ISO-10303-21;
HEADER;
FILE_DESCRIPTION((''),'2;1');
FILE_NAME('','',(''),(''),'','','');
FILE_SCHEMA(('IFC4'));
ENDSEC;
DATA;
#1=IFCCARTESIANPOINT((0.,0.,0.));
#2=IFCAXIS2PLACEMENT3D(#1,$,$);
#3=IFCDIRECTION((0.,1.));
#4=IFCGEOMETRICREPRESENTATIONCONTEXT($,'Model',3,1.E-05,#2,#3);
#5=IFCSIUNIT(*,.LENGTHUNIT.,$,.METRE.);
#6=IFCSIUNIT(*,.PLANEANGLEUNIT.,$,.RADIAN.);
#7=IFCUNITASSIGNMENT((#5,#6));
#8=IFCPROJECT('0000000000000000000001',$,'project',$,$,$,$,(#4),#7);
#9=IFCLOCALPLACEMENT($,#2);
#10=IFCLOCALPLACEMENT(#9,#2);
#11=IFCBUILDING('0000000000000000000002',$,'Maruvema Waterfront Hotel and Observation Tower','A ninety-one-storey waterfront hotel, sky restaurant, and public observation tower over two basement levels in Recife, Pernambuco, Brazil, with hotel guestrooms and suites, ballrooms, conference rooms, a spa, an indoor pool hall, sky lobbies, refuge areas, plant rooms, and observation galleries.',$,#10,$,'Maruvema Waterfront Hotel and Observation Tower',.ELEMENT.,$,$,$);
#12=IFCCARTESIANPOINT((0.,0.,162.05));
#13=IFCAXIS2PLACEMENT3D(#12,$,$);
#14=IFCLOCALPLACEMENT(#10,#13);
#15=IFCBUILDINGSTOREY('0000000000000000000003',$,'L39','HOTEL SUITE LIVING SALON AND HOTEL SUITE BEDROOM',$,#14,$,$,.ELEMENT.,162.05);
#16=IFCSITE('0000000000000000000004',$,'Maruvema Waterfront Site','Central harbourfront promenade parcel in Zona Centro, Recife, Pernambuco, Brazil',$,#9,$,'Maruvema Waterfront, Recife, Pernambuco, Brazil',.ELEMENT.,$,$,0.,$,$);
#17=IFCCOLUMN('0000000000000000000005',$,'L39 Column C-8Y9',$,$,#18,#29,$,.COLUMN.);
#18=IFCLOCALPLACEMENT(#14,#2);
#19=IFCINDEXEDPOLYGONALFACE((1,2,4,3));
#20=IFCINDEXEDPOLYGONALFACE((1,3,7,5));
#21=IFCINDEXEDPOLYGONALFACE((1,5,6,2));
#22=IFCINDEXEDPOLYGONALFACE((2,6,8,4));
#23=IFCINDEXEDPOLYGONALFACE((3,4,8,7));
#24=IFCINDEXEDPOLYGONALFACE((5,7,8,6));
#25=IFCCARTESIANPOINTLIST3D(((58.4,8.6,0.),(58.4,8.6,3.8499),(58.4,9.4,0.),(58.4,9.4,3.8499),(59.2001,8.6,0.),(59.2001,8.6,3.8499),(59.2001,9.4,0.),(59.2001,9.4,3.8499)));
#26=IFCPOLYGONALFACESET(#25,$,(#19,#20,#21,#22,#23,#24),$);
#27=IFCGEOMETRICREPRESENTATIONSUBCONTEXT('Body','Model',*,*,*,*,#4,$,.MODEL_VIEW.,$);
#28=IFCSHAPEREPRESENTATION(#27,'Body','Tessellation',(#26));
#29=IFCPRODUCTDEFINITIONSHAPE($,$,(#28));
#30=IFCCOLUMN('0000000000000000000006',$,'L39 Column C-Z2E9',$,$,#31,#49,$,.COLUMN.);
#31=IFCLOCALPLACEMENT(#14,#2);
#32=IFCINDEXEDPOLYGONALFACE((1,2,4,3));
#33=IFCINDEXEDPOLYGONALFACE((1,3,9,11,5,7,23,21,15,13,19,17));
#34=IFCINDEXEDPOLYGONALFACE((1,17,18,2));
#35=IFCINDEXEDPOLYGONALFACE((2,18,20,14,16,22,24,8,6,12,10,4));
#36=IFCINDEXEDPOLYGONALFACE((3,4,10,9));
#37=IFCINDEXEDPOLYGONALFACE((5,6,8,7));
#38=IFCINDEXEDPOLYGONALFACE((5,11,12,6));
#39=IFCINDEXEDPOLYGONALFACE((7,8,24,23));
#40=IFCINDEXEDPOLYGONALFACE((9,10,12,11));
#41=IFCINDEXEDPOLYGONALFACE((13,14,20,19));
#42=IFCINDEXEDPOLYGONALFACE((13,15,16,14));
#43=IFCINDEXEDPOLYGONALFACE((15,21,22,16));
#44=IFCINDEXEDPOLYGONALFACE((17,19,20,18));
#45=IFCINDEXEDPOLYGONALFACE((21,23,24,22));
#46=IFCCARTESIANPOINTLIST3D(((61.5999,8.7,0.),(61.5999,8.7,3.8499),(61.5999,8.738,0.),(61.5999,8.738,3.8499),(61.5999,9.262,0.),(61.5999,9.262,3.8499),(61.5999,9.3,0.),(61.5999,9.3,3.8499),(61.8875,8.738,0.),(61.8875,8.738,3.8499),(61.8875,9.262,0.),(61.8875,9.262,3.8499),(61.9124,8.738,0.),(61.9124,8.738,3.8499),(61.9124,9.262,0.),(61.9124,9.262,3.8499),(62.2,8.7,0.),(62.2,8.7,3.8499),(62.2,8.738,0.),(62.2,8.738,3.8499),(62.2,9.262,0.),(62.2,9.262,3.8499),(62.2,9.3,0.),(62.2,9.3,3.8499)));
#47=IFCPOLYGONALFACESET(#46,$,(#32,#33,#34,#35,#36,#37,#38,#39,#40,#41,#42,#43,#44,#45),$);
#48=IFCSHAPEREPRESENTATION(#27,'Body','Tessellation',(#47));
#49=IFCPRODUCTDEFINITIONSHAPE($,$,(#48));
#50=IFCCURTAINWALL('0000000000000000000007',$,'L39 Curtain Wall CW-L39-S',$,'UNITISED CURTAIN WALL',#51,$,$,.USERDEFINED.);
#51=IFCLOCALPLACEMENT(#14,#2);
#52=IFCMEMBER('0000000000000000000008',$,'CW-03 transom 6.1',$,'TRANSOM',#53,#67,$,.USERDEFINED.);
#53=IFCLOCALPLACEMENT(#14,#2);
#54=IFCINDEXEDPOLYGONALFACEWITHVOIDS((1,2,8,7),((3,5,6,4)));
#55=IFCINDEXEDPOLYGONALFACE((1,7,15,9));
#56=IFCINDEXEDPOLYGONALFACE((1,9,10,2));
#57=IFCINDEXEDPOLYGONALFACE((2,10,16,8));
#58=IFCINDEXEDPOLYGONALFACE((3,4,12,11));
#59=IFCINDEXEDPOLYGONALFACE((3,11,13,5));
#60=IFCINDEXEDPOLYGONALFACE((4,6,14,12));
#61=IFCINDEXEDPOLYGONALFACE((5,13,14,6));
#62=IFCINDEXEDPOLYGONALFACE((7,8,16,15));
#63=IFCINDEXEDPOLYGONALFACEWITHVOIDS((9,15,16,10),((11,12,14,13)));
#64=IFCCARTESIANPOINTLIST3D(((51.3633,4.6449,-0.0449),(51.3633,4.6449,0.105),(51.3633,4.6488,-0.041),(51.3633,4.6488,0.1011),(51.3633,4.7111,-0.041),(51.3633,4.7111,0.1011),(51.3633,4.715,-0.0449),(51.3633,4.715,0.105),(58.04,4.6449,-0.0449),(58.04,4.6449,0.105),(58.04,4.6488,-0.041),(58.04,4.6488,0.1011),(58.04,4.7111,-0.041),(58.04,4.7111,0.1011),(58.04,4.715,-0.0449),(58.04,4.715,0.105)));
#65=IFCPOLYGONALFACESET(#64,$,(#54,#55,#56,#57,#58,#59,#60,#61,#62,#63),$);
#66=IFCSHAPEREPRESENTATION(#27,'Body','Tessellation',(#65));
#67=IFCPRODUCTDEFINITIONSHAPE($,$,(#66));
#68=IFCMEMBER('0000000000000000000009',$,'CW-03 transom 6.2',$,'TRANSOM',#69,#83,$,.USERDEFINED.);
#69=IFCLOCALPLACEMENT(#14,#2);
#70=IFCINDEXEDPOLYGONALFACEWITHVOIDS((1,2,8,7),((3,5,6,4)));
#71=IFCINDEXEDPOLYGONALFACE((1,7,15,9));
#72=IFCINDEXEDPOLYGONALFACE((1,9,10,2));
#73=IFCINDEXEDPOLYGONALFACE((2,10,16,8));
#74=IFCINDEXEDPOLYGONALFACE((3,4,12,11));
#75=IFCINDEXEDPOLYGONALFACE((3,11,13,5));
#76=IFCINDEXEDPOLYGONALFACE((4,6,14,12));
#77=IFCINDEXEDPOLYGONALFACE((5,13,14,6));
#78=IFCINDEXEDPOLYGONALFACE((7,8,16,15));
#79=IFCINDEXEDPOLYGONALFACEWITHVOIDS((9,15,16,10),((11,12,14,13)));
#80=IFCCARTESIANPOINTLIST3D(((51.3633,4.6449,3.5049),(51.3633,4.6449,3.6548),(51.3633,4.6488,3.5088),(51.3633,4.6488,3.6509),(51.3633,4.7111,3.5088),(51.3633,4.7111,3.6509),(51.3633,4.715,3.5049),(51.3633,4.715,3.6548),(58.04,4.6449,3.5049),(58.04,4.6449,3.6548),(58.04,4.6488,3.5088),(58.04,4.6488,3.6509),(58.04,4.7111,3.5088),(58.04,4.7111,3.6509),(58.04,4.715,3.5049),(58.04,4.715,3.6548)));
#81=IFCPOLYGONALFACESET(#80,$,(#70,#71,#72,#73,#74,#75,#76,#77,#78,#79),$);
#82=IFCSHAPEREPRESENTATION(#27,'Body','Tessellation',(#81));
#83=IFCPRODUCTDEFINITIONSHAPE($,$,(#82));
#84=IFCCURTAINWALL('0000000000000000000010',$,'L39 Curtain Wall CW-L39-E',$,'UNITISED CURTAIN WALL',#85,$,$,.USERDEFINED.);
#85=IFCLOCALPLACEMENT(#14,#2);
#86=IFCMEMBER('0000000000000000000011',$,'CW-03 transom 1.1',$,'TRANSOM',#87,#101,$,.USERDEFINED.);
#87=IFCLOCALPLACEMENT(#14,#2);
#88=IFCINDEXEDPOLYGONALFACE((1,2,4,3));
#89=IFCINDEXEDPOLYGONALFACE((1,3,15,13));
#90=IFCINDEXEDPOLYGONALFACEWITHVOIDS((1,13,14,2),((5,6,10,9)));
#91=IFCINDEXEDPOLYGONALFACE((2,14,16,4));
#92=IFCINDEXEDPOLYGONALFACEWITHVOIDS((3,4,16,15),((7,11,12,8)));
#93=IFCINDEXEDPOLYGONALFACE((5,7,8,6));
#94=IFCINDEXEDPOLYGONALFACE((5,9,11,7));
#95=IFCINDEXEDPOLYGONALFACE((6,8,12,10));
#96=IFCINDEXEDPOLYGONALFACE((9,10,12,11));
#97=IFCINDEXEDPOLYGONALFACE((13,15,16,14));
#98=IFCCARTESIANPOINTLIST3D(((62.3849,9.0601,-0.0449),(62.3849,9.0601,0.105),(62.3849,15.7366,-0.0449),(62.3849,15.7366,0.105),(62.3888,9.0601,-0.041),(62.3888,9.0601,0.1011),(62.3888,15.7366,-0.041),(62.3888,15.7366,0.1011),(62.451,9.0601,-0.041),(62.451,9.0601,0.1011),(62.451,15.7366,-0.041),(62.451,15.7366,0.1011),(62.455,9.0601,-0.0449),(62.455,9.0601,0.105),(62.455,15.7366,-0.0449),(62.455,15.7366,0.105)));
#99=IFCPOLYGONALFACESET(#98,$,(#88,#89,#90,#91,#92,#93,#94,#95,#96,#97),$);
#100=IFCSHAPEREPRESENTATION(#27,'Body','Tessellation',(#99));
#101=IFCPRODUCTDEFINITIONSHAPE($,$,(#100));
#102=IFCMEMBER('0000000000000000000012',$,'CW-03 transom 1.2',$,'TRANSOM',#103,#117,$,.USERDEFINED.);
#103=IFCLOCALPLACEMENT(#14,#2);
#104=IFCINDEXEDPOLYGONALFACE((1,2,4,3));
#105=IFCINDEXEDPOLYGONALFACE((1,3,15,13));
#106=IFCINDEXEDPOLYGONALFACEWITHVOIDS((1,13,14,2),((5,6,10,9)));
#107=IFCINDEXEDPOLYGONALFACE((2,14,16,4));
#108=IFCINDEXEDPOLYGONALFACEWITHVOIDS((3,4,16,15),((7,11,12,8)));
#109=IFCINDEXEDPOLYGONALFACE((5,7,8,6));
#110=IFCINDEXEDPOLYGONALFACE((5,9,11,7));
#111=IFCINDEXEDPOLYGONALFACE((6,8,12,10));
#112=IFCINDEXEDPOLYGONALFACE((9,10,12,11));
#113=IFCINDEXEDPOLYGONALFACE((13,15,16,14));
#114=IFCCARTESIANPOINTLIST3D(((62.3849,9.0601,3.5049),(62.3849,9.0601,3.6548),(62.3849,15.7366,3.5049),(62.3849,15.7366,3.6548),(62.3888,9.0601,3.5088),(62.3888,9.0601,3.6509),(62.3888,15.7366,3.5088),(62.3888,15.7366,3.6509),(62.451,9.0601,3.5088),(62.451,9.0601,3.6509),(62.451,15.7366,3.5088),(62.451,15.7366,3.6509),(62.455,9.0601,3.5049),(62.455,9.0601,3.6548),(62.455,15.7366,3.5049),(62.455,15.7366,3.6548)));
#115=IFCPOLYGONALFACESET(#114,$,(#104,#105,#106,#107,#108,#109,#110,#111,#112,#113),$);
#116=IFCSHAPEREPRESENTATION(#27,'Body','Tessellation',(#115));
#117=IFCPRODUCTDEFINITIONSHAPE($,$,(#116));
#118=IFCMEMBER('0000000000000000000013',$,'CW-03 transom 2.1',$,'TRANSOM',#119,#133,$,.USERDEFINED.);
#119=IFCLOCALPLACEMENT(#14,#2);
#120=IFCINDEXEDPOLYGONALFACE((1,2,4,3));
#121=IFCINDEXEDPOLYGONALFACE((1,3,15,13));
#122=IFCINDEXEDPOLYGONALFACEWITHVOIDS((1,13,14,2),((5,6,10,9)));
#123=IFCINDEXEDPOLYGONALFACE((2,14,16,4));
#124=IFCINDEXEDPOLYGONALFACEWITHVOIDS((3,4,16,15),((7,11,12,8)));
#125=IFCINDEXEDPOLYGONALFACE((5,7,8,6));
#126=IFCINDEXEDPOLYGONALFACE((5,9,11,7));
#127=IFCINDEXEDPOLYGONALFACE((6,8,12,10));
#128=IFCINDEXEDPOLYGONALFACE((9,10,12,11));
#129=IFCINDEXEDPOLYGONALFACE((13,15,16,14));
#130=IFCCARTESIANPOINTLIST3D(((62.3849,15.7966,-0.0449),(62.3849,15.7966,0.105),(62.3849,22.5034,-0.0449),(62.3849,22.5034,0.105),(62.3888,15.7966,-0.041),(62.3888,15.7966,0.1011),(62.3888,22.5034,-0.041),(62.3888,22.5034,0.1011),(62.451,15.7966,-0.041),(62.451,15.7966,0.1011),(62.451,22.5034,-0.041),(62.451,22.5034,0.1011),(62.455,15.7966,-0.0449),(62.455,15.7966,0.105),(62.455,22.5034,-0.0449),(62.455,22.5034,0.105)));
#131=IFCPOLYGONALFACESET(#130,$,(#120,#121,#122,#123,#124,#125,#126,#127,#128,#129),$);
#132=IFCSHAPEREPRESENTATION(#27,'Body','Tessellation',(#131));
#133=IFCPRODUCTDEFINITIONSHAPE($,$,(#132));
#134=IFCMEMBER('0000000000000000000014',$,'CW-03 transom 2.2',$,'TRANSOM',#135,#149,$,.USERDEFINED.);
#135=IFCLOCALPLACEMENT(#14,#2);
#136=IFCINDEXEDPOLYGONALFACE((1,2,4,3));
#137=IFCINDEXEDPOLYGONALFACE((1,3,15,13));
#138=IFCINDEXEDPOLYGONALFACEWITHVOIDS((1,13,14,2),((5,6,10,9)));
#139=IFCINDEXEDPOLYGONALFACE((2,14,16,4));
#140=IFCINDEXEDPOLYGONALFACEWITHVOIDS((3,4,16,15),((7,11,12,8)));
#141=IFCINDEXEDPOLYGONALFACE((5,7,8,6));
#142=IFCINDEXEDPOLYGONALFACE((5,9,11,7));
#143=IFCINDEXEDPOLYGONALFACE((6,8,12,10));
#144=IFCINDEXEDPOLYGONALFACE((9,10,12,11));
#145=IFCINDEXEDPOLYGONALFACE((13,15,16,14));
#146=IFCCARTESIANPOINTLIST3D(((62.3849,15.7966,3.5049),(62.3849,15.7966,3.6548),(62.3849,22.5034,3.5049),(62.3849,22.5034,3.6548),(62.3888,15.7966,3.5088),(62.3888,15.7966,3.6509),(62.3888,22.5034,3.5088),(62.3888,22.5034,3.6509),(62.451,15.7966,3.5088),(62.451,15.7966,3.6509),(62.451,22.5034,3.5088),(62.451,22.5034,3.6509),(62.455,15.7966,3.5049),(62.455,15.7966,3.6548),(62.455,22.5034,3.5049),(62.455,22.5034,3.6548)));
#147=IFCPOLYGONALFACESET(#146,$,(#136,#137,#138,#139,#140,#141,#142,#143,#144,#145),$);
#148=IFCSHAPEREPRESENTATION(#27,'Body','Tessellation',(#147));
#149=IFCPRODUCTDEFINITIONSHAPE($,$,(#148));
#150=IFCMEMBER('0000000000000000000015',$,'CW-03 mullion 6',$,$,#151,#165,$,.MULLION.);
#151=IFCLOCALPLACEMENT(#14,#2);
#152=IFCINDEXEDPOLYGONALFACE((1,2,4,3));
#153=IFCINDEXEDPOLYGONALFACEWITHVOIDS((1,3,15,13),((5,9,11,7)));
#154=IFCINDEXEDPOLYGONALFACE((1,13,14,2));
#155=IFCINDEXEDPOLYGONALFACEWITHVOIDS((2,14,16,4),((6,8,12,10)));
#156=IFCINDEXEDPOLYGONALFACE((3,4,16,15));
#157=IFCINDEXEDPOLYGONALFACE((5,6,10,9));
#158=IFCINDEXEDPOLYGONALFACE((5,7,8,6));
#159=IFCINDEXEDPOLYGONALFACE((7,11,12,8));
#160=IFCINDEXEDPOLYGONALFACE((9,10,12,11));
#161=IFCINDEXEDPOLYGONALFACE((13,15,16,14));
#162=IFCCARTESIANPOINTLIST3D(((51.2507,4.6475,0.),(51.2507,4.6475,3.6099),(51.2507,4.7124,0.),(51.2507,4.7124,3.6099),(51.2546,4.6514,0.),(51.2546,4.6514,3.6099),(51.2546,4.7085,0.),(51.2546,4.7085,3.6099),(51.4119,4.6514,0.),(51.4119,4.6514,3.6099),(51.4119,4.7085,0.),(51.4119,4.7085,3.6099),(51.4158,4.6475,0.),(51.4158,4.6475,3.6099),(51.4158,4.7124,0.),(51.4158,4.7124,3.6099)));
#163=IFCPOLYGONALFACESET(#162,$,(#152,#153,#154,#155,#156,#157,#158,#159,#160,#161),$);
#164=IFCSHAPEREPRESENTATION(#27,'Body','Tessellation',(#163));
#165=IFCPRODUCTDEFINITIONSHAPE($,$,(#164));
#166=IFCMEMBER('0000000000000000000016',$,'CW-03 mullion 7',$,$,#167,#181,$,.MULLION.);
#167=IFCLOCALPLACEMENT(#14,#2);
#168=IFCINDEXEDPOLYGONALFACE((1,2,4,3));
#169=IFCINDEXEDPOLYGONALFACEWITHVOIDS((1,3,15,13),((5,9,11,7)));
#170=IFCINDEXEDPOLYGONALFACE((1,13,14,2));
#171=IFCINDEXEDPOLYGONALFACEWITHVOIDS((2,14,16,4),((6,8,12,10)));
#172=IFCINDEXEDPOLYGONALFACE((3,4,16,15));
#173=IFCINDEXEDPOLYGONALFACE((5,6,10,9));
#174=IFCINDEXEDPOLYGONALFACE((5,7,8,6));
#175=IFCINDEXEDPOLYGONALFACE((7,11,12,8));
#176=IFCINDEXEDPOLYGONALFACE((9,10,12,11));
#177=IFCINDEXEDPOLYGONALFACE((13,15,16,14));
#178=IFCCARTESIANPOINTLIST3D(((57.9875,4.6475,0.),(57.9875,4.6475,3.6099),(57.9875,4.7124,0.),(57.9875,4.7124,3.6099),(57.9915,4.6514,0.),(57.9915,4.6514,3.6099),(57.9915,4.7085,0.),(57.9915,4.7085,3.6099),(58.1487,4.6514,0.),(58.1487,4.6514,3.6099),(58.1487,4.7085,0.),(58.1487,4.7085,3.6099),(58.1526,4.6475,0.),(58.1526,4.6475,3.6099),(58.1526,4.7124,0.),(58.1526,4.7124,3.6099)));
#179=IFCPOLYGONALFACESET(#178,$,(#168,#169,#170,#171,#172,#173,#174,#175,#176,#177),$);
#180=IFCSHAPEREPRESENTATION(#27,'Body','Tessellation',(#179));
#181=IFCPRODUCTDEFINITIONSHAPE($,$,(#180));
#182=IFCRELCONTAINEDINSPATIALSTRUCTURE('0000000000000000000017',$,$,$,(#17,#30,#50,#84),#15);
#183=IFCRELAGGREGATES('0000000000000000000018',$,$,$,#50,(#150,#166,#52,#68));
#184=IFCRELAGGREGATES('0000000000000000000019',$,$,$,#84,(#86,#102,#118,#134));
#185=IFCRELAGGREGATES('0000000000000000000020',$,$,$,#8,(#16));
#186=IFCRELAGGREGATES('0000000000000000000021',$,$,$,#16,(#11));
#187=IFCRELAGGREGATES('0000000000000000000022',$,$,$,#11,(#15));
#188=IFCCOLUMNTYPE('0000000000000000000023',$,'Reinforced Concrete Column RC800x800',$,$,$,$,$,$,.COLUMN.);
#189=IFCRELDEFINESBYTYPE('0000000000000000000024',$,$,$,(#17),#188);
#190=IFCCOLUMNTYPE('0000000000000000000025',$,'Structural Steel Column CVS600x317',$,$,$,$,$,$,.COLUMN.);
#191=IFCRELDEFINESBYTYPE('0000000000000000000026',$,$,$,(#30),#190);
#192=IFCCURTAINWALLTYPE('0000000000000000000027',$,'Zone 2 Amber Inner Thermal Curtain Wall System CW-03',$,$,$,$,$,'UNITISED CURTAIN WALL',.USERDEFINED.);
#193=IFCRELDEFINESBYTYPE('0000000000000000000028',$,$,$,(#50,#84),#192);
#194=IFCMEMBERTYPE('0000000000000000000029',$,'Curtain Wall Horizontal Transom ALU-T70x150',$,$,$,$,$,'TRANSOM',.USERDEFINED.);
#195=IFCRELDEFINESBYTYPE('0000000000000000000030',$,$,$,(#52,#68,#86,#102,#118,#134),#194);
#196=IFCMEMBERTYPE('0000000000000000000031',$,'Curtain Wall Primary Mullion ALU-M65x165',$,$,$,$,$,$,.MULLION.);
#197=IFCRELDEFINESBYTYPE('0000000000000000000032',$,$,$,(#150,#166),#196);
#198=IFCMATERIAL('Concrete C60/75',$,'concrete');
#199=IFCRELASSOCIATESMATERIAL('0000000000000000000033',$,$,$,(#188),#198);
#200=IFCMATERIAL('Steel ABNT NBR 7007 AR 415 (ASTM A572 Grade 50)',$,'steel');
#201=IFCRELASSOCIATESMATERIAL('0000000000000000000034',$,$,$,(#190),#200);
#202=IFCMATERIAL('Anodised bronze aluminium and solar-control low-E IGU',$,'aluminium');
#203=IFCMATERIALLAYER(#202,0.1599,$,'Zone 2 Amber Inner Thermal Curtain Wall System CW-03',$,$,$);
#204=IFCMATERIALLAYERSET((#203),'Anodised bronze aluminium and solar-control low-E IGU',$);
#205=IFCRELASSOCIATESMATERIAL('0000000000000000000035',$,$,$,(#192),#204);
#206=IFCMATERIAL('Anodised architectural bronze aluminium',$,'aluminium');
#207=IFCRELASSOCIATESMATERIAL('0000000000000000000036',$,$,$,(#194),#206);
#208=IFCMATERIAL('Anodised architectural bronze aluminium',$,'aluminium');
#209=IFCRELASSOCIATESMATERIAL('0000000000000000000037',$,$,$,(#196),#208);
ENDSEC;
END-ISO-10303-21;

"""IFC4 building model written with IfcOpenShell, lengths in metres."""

from ifc_helpers import new_model, si_unit, direction, frame, origin, origin_2d, place, context, subcontext, project, spatial, rectangle, hollow_rectangle, i_section, extrude, material, layer, layer_set, material_profile, profile_set, type_object, element, aggregate, save


model = new_model("IFC4")

# Units and contexts
model_context = context("Model", 3, precision=1e-05, world=origin(), true_north=direction((0.0, 1.0)))
body_context = subcontext(model_context, "Body", "Model", "MODEL_VIEW")
ifc_project = project(units=[si_unit("LENGTHUNIT", "METRE"), si_unit("PLANEANGLEUNIT", "RADIAN")], contexts=[model_context])

# Site, building, storey
site_placement = place(None, origin())
site = spatial("IfcSite", under=ifc_project, at=site_placement, Name="Maruvema Waterfront Site", Description="Central harbourfront promenade parcel in Zona Centro, Recife, Pernambuco, Brazil", LongName="Maruvema Waterfront, Recife, Pernambuco, Brazil", CompositionType="ELEMENT", RefElevation=0.0)
building_placement = place(site_placement, origin())
building = spatial("IfcBuilding", under=site, at=building_placement, Name="Maruvema Waterfront Hotel and Observation Tower", Description="A ninety-one-storey waterfront hotel, sky restaurant, and public observation tower over two basement levels in Recife, Pernambuco, Brazil, with hotel guestrooms and suites, ballrooms, conference rooms, a spa, an indoor pool hall, sky lobbies, refuge areas, plant rooms, and observation galleries.", LongName="Maruvema Waterfront Hotel and Observation Tower", CompositionType="ELEMENT")
storey_placement = place(building_placement, frame((0.0, 0.0, 162.05)))
storey = spatial("IfcBuildingStorey", under=building, at=storey_placement, Name="L39", Description="HOTEL SUITE LIVING SALON AND HOTEL SUITE BEDROOM", CompositionType="ELEMENT", Elevation=162.05)

# Columns
ifc_material_1 = material(Name="Concrete C60/75", Category="concrete")
ifc_material_profile_1 = material_profile(ifc_material_1, rectangle(XDim=0.8, YDim=0.8, at=origin_2d()), Name="RC800x800")
ifc_profile_set_1 = profile_set([ifc_material_profile_1], Name="Concrete C60/75")
column_type_1 = type_object("IfcColumnType", Name="Reinforced Concrete Column RC800x800", PredefinedType="COLUMN", material=ifc_profile_set_1)
column_1_placement = place(storey_placement, frame((58.8, 9.0, 0.0), z_axis=(0.0, 0.0, 1.0), x_axis=(1.0, 0.0, 0.0)))
element("IfcColumn", 1, at=column_1_placement, inside=storey, type_object=column_type_1, Name="L39 Column C-8Y9", PredefinedType="COLUMN", context=body_context, shape_type="SweptSolid", body=[
    extrude(rectangle(XDim=0.8, YDim=0.8, at=origin_2d()), origin(), (0.0, 0.0, 1.0), 3.8499),
])
ifc_material_2 = material(Name="Steel ABNT NBR 7007 AR 415 (ASTM A572 Grade 50)", Category="steel")
ifc_material_profile_2 = material_profile(ifc_material_2, i_section(OverallWidth=0.6001, OverallDepth=0.6001, WebThickness=0.0249, FlangeThickness=0.0381, at=origin_2d()), Name="CVS600x317")
ifc_profile_set_2 = profile_set([ifc_material_profile_2], Name="Steel ABNT NBR 7007 AR 415 (ASTM A572 Grade 50)")
column_type_2 = type_object("IfcColumnType", Name="Structural Steel Column CVS600x317", PredefinedType="COLUMN", material=ifc_profile_set_2)
column_2_placement = place(storey_placement, frame((61.8999, 9.0, 0.0), z_axis=(0.0, 0.0, 1.0), x_axis=(1.0, 0.0, 0.0)))
element("IfcColumn", 2, at=column_2_placement, inside=storey, type_object=column_type_2, Name="L39 Column C-Z2E9", PredefinedType="COLUMN", context=body_context, shape_type="SweptSolid", body=[
    extrude(i_section(OverallWidth=0.6001, OverallDepth=0.6001, WebThickness=0.0249, FlangeThickness=0.0381, at=origin_2d()), origin(), (0.0, 0.0, 1.0), 3.8499),
])

# Curtain walls, members
ifc_material_3 = material(Name="Anodised bronze aluminium and solar-control low-E IGU", Category="aluminium")
ifc_layer_1 = layer(ifc_material_3, 0.1599, Name="Zone 2 Amber Inner Thermal Curtain Wall System CW-03")
ifc_layer_set_1 = layer_set([ifc_layer_1], Name="Anodised bronze aluminium and solar-control low-E IGU")
curtain_wall_type = type_object("IfcCurtainWallType", Name="Zone 2 Amber Inner Thermal Curtain Wall System CW-03", ElementType="UNITISED CURTAIN WALL", PredefinedType="USERDEFINED", material=ifc_layer_set_1)
curtain_wall_1_placement = place(storey_placement, origin())
curtain_wall_1 = element("IfcCurtainWall", 3, at=curtain_wall_1_placement, inside=storey, type_object=curtain_wall_type, Name="L39 Curtain Wall CW-L39-S", ObjectType="UNITISED CURTAIN WALL", PredefinedType="USERDEFINED")
ifc_material_4 = material(Name="Anodised architectural bronze aluminium", Category="aluminium")
ifc_material_profile_3 = material_profile(ifc_material_4, hollow_rectangle(XDim=0.0701, YDim=0.1499, WallThickness=0.0039, at=origin_2d()), Name="ALU-T70x150")
ifc_profile_set_3 = profile_set([ifc_material_profile_3], Name="Anodised architectural bronze aluminium")
member_type_1 = type_object("IfcMemberType", Name="Curtain Wall Horizontal Transom ALU-T70x150", ElementType="TRANSOM", PredefinedType="USERDEFINED", material=ifc_profile_set_3)
member_1_placement = place(storey_placement, frame((51.3633, 4.6799, 0.03), z_axis=(1.0, 0.0, 0.0), x_axis=(0.0, 1.0, 0.0)))
member_1 = element("IfcMember", 4, at=member_1_placement, type_object=member_type_1, Name="CW-03 transom 6.1", ObjectType="TRANSOM", PredefinedType="USERDEFINED", context=body_context, shape_type="SweptSolid", body=[
    extrude(hollow_rectangle(XDim=0.0701, YDim=0.1499, WallThickness=0.0039, at=origin_2d()), origin(), (0.0, 0.0, 1.0), 6.6768),
])
member_2_placement = place(storey_placement, frame((51.3633, 4.6799, 3.5798), z_axis=(1.0, 0.0, 0.0), x_axis=(0.0, 1.0, 0.0)))
member_2 = element("IfcMember", 5, at=member_2_placement, type_object=member_type_1, Name="CW-03 transom 6.2", ObjectType="TRANSOM", PredefinedType="USERDEFINED", context=body_context, shape_type="SweptSolid", body=[
    extrude(hollow_rectangle(XDim=0.0701, YDim=0.1499, WallThickness=0.0039, at=origin_2d()), origin(), (0.0, 0.0, 1.0), 6.6768),
])
curtain_wall_2_placement = place(storey_placement, origin())
curtain_wall_2 = element("IfcCurtainWall", 6, at=curtain_wall_2_placement, inside=storey, type_object=curtain_wall_type, Name="L39 Curtain Wall CW-L39-E", ObjectType="UNITISED CURTAIN WALL", PredefinedType="USERDEFINED")
member_3_placement = place(storey_placement, frame((62.4199, 9.0601, 0.03), z_axis=(0.0, 1.0, 0.0), x_axis=(-1.0, 0.0, 0.0)))
member_3 = element("IfcMember", 7, at=member_3_placement, type_object=member_type_1, Name="CW-03 transom 1.1", ObjectType="TRANSOM", PredefinedType="USERDEFINED", context=body_context, shape_type="SweptSolid", body=[
    extrude(hollow_rectangle(XDim=0.0701, YDim=0.1499, WallThickness=0.0039, at=origin_2d()), origin(), (0.0, 0.0, 1.0), 6.6765),
])
member_4_placement = place(storey_placement, frame((62.4199, 9.0601, 3.5798), z_axis=(0.0, 1.0, 0.0), x_axis=(-1.0, 0.0, 0.0)))
member_4 = element("IfcMember", 8, at=member_4_placement, type_object=member_type_1, Name="CW-03 transom 1.2", ObjectType="TRANSOM", PredefinedType="USERDEFINED", context=body_context, shape_type="SweptSolid", body=[
    extrude(hollow_rectangle(XDim=0.0701, YDim=0.1499, WallThickness=0.0039, at=origin_2d()), origin(), (0.0, 0.0, 1.0), 6.6765),
])
member_5_placement = place(storey_placement, frame((62.4199, 15.7966, 0.03), z_axis=(0.0, 1.0, 0.0), x_axis=(-1.0, 0.0, 0.0)))
member_5 = element("IfcMember", 9, at=member_5_placement, type_object=member_type_1, Name="CW-03 transom 2.1", ObjectType="TRANSOM", PredefinedType="USERDEFINED", context=body_context, shape_type="SweptSolid", body=[
    extrude(hollow_rectangle(XDim=0.0701, YDim=0.1499, WallThickness=0.0039, at=origin_2d()), origin(), (0.0, 0.0, 1.0), 6.7068),
])
member_6_placement = place(storey_placement, frame((62.4199, 15.7966, 3.5798), z_axis=(0.0, 1.0, 0.0), x_axis=(-1.0, 0.0, 0.0)))
member_6 = element("IfcMember", 10, at=member_6_placement, type_object=member_type_1, Name="CW-03 transom 2.2", ObjectType="TRANSOM", PredefinedType="USERDEFINED", context=body_context, shape_type="SweptSolid", body=[
    extrude(hollow_rectangle(XDim=0.0701, YDim=0.1499, WallThickness=0.0039, at=origin_2d()), origin(), (0.0, 0.0, 1.0), 6.7068),
])

# Members
ifc_material_5 = material(Name="Anodised architectural bronze aluminium", Category="aluminium")
ifc_material_profile_4 = material_profile(ifc_material_5, hollow_rectangle(XDim=0.0649, YDim=0.165, WallThickness=0.0039, at=origin_2d()), Name="ALU-M65x165")
ifc_profile_set_4 = profile_set([ifc_material_profile_4], Name="Anodised architectural bronze aluminium")
member_type_2 = type_object("IfcMemberType", Name="Curtain Wall Primary Mullion ALU-M65x165", PredefinedType="MULLION", material=ifc_profile_set_4)
member_7_placement = place(storey_placement, frame((51.3333, 4.6799, 0.0), z_axis=(0.0, 0.0, 1.0), x_axis=(0.0, 1.0, 0.0)))
member_7 = element("IfcMember", 11, at=member_7_placement, type_object=member_type_2, Name="CW-03 mullion 6", PredefinedType="MULLION", context=body_context, shape_type="SweptSolid", body=[
    extrude(hollow_rectangle(XDim=0.0649, YDim=0.165, WallThickness=0.0039, at=origin_2d()), origin(), (0.0, 0.0, 1.0), 3.6099),
])
member_8_placement = place(storey_placement, frame((58.0701, 4.6799, 0.0), z_axis=(0.0, 0.0, 1.0), x_axis=(0.0, 1.0, 0.0)))
member_8 = element("IfcMember", 12, at=member_8_placement, type_object=member_type_2, Name="CW-03 mullion 7", PredefinedType="MULLION", context=body_context, shape_type="SweptSolid", body=[
    extrude(hollow_rectangle(XDim=0.0649, YDim=0.165, WallThickness=0.0039, at=origin_2d()), origin(), (0.0, 0.0, 1.0), 3.6099),
])

aggregate(curtain_wall_1, [member_7, member_8, member_1, member_2])
aggregate(curtain_wall_2, [member_3, member_4, member_5, member_6])

save(model, "model.ifc")
